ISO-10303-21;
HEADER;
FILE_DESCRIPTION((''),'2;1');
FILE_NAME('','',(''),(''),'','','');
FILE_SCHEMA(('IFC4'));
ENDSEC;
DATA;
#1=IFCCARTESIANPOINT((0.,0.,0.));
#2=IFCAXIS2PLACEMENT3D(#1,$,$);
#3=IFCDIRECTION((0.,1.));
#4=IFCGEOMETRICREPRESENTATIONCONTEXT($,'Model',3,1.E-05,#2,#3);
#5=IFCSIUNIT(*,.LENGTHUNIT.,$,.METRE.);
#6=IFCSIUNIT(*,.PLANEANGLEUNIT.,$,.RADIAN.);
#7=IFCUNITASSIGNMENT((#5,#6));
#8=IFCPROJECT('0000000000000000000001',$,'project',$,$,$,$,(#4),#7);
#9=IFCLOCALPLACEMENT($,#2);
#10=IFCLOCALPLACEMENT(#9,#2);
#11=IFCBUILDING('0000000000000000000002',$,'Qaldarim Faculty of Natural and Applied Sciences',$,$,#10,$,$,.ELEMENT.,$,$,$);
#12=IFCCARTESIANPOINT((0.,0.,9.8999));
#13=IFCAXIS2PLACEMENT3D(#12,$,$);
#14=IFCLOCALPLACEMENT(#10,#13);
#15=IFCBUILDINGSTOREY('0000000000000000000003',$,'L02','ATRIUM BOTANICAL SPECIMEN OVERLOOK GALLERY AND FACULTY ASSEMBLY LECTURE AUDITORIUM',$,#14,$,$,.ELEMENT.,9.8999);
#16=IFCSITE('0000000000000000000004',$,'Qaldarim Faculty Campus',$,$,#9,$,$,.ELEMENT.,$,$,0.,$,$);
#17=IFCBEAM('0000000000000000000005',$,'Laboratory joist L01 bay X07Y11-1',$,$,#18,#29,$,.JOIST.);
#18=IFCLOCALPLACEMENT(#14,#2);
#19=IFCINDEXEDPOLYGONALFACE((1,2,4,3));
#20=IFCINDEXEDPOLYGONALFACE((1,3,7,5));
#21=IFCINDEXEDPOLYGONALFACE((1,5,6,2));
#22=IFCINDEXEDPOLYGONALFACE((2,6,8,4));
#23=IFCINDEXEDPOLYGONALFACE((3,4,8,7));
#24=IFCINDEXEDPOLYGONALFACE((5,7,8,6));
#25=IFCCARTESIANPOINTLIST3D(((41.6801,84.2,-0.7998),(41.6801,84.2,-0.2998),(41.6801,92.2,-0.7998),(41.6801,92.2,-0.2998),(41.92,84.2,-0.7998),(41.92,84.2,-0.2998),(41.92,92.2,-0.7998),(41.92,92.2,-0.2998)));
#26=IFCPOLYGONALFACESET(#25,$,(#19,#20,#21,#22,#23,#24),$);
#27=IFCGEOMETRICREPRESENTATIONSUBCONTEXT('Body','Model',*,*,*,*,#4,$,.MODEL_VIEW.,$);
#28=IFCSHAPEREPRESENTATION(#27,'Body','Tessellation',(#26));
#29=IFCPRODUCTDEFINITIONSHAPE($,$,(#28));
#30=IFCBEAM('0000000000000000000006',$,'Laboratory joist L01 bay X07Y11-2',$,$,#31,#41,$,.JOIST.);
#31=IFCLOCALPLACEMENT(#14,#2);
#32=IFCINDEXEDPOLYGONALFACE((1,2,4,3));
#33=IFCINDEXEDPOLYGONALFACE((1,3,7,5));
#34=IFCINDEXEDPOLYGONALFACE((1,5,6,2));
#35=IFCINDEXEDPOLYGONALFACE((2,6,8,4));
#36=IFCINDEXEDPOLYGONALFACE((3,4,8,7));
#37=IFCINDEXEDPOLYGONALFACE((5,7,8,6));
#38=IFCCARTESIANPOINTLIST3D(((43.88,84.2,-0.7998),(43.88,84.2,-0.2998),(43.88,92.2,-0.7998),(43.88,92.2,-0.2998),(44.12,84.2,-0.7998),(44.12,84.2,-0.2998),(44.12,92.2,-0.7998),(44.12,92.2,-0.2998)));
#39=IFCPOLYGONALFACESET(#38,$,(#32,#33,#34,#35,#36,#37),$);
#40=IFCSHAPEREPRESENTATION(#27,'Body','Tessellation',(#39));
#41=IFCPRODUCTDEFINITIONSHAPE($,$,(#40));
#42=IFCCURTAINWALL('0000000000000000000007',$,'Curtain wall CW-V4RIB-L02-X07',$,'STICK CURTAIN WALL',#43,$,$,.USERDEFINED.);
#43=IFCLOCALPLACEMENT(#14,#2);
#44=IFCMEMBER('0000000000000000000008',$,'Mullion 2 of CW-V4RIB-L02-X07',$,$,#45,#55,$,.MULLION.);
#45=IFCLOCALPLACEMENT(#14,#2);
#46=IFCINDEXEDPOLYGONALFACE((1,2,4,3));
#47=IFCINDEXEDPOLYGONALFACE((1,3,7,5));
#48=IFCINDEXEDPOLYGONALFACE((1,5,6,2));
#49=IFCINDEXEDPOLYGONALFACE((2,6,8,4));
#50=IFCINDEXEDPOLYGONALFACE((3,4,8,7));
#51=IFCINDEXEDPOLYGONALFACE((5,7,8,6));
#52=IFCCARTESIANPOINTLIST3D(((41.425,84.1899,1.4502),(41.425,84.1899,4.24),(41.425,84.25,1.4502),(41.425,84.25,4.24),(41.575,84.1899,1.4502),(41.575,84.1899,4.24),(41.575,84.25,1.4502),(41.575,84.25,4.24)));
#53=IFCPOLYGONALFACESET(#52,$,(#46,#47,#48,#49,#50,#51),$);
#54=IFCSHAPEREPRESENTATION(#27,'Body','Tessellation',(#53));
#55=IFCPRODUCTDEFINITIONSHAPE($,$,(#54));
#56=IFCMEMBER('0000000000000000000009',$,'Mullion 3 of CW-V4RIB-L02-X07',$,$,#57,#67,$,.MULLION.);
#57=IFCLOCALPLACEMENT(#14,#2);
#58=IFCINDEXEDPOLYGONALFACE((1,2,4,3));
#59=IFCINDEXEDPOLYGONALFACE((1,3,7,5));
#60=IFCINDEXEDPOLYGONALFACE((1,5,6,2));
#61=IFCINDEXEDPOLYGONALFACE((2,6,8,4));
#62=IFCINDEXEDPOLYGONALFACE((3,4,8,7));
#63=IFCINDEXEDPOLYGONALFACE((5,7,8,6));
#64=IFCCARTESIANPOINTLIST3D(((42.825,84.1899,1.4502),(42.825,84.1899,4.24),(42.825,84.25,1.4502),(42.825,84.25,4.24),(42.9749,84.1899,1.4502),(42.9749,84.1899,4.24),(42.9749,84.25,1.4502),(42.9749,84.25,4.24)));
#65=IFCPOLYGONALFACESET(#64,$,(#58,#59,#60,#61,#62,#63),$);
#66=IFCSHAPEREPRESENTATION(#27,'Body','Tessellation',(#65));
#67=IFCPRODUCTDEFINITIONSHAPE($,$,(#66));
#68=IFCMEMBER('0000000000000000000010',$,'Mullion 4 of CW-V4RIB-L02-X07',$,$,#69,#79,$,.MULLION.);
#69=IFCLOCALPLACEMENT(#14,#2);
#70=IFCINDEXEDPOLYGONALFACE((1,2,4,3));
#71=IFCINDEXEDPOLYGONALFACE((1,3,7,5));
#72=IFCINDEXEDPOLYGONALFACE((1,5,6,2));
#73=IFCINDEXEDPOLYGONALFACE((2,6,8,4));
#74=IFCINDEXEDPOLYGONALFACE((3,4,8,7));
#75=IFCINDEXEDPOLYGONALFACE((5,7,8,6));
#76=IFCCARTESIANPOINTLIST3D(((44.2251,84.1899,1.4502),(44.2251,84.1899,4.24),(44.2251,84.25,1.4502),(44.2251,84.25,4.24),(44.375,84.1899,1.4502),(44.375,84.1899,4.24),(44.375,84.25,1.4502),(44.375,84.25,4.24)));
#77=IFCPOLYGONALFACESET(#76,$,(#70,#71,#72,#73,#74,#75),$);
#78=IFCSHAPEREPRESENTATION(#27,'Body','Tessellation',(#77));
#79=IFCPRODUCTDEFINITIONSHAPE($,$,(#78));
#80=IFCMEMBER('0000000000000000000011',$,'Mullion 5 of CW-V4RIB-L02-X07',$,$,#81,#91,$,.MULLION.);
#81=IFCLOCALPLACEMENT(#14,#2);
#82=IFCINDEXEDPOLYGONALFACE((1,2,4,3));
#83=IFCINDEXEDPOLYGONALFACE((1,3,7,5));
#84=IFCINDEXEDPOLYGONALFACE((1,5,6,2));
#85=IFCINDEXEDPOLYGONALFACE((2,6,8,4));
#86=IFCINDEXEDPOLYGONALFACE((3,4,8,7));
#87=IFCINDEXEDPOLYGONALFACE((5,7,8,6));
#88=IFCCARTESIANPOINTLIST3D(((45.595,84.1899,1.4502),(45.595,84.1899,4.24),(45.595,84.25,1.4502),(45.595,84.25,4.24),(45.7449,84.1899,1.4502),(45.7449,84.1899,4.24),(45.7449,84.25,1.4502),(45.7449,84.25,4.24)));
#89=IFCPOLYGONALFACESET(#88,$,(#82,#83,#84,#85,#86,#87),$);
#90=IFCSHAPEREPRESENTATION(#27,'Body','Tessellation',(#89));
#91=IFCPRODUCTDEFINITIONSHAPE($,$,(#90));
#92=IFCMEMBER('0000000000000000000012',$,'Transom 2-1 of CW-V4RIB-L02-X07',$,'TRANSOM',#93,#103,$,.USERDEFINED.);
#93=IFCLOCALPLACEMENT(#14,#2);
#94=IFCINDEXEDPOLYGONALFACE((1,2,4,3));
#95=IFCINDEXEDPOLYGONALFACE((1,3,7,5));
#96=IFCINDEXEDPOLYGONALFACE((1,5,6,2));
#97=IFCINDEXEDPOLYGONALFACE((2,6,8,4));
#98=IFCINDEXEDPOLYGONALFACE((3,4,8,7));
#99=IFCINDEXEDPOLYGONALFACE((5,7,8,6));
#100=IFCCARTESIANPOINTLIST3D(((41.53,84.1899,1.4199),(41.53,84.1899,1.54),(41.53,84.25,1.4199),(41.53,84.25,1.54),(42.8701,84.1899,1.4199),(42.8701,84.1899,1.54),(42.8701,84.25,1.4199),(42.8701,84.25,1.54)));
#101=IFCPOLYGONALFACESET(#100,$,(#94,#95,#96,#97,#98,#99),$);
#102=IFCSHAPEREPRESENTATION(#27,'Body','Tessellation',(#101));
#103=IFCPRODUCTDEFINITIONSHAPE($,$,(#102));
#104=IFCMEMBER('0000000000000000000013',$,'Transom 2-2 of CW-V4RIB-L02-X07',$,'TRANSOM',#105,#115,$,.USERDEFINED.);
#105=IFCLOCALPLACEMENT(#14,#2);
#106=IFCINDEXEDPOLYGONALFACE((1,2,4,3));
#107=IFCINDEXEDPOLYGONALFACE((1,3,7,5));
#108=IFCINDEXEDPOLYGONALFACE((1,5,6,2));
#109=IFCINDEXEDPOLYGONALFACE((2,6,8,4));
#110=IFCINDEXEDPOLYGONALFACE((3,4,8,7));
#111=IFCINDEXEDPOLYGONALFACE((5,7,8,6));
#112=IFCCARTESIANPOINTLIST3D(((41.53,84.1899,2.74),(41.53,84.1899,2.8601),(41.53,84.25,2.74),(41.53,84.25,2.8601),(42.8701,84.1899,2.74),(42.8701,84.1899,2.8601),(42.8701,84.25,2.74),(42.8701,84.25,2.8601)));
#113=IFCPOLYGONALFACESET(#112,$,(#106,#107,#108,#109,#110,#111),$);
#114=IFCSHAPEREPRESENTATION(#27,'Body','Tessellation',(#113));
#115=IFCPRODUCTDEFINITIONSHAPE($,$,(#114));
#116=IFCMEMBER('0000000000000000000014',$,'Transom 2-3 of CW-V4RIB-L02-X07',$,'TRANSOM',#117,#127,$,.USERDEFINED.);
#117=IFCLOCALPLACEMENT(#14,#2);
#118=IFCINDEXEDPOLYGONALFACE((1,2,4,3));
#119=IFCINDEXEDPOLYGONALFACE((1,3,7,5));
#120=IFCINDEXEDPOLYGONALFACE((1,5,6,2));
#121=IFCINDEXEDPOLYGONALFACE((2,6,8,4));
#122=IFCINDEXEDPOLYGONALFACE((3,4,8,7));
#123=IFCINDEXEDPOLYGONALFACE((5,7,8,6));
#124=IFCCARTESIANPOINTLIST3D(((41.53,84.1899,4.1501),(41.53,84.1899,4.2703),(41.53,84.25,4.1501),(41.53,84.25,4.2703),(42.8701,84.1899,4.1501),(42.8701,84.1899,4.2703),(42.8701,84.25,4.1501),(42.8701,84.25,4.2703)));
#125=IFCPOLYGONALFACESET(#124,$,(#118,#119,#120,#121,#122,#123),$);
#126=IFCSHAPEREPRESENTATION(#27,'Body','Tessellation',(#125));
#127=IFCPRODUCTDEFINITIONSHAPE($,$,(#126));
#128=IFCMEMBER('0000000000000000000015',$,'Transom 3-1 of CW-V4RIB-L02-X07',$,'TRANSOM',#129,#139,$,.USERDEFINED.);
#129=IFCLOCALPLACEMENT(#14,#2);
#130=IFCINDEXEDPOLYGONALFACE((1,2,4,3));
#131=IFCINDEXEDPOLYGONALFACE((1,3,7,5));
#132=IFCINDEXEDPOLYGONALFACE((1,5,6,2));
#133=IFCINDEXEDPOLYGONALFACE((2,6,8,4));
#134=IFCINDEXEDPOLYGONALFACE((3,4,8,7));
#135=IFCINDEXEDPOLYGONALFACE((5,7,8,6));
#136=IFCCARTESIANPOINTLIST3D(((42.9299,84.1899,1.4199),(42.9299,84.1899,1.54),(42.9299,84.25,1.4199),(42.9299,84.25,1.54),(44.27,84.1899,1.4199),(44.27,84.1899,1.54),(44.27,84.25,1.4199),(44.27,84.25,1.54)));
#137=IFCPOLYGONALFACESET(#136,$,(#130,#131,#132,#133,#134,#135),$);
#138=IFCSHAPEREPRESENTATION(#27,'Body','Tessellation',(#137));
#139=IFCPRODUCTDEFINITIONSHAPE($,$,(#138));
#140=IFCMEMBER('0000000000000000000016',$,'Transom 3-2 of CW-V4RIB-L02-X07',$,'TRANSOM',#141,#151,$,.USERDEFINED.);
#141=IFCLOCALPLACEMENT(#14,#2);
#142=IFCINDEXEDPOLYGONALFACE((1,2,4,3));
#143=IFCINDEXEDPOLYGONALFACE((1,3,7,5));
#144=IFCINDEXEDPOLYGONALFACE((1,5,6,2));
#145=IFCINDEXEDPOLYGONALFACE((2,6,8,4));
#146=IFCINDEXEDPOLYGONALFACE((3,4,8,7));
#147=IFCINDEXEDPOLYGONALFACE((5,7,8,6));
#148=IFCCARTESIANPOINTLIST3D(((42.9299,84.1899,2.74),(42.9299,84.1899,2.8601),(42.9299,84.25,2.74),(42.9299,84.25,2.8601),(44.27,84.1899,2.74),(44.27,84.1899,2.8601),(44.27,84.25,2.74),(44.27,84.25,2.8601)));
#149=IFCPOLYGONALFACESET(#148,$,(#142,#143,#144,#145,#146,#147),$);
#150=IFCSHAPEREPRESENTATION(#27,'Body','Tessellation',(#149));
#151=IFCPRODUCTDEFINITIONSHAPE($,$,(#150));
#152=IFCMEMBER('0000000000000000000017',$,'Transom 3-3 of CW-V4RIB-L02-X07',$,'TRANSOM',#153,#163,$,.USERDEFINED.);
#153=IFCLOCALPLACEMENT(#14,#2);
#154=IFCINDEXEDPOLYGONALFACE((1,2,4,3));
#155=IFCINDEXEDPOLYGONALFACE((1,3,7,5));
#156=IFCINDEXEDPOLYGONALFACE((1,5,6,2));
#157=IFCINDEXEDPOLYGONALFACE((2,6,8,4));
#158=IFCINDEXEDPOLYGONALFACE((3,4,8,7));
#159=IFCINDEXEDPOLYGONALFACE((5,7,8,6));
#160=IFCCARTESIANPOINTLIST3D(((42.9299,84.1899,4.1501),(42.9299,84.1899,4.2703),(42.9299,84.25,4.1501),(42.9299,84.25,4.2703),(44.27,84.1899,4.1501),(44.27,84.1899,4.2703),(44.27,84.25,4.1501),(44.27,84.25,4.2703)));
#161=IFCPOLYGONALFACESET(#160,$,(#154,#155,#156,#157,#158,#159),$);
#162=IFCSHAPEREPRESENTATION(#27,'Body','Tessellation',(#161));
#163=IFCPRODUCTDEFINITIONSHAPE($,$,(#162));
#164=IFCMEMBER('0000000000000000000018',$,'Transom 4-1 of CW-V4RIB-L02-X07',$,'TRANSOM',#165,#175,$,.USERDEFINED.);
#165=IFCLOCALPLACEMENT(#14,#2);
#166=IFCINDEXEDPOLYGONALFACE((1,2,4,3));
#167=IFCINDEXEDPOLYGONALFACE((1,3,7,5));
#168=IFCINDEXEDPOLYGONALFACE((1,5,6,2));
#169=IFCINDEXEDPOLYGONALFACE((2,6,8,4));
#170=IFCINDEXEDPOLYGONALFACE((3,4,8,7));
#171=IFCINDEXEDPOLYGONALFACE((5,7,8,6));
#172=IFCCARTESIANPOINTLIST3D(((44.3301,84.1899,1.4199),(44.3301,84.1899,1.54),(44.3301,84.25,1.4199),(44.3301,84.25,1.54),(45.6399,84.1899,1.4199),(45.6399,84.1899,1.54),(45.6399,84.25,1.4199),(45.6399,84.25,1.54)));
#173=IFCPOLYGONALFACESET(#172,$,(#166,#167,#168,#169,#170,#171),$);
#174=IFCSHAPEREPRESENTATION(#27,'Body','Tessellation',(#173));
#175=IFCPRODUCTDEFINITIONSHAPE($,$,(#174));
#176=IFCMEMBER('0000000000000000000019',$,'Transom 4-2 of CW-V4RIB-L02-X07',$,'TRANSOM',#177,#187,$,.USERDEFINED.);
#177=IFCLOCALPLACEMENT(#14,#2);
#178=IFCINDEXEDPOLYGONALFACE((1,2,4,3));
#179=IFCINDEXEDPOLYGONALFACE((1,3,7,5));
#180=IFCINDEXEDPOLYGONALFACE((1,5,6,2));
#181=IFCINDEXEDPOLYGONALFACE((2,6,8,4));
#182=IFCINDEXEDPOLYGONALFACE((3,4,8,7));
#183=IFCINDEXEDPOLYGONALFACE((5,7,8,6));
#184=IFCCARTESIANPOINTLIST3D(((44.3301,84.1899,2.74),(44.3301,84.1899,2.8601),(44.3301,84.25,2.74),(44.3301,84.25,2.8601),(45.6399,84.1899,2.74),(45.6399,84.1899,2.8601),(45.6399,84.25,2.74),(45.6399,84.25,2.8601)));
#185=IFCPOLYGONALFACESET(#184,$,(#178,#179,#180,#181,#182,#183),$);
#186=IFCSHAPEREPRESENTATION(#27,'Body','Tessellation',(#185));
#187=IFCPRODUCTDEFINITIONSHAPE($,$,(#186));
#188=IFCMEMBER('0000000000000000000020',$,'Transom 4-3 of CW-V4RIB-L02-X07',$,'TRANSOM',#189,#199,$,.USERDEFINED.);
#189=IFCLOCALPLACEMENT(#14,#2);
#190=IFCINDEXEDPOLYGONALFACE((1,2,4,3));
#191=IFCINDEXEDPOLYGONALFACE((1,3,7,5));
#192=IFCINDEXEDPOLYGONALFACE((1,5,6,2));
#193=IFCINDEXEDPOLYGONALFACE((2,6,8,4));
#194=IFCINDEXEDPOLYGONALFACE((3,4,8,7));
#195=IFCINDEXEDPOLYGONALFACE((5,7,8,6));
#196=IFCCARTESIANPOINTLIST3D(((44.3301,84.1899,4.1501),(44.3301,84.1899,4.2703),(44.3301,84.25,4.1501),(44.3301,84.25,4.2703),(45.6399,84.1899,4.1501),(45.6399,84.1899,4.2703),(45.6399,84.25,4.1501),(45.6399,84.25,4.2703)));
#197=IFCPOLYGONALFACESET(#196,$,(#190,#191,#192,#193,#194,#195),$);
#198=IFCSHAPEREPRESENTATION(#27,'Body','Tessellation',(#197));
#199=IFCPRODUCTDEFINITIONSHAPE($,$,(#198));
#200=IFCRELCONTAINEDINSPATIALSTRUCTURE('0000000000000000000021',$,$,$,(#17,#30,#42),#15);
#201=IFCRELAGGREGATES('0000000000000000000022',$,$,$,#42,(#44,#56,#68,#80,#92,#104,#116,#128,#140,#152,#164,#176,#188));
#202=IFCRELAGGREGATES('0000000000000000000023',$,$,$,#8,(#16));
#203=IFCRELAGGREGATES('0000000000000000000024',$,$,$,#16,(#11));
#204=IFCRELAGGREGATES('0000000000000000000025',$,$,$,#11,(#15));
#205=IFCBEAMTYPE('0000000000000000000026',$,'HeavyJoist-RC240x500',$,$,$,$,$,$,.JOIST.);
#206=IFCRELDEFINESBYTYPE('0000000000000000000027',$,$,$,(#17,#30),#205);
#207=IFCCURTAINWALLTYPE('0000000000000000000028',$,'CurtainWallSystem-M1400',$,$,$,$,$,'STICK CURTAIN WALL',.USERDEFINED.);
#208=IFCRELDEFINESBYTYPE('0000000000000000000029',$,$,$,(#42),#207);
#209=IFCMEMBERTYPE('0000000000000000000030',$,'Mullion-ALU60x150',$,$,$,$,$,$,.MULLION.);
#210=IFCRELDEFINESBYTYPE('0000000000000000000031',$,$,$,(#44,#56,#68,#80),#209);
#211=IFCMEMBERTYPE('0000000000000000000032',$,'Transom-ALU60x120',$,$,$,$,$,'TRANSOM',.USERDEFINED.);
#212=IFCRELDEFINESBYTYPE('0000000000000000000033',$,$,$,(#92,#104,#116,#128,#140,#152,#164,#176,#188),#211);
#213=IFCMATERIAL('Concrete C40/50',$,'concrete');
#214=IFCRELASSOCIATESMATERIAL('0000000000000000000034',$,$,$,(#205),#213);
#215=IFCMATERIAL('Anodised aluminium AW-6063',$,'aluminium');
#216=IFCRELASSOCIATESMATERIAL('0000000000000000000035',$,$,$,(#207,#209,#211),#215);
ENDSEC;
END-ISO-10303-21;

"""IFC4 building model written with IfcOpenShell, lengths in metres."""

from ifc_helpers import new_model, si_unit, direction, frame, origin, origin_2d, place, context, subcontext, project, spatial, rectangle, extrude, material, material_profile, profile_set, type_object, element, aggregate, save


model = new_model("IFC4")

# Units and contexts
model_context = context("Model", 3, precision=1e-05, world=origin(), true_north=direction((0.0, 1.0)))
body_context = subcontext(model_context, "Body", "Model", "MODEL_VIEW")
ifc_project = project(units=[si_unit("LENGTHUNIT", "METRE"), si_unit("PLANEANGLEUNIT", "RADIAN")], contexts=[model_context])

# Site, building, storey
site_placement = place(None, origin())
site = spatial("IfcSite", under=ifc_project, at=site_placement, Name="Qaldarim Faculty Campus", CompositionType="ELEMENT", RefElevation=0.0)
building_placement = place(site_placement, origin())
building = spatial("IfcBuilding", under=site, at=building_placement, Name="Qaldarim Faculty of Natural and Applied Sciences", CompositionType="ELEMENT")
storey_placement = place(building_placement, frame((0.0, 0.0, 9.8999)))
storey = spatial("IfcBuildingStorey", under=building, at=storey_placement, Name="L02", Description="ATRIUM BOTANICAL SPECIMEN OVERLOOK GALLERY AND FACULTY ASSEMBLY LECTURE AUDITORIUM", CompositionType="ELEMENT", Elevation=9.8999)

# Beams
ifc_material_1 = material(Name="Concrete C40/50", Category="concrete")
ifc_material_profile_1 = material_profile(ifc_material_1, rectangle(XDim=0.24, YDim=0.5, at=origin_2d()), Name="RC-J240x500")
ifc_profile_set_1 = profile_set([ifc_material_profile_1], Name="Concrete C40/50")
beam_type = type_object("IfcBeamType", Name="HeavyJoist-RC240x500", PredefinedType="JOIST", material=ifc_profile_set_1)
for number, where, z_axis, x_axis, name in (
    (1, (41.8, 84.2, -0.5498), (0.0, 1.0, 0.0), (-1.0, 0.0, 0.0), "Laboratory joist L01 bay X07Y11-1"),
    (2, (44.0, 84.2, -0.5498), (0.0, 1.0, 0.0), (-1.0, 0.0, 0.0), "Laboratory joist L01 bay X07Y11-2"),
):
    element("IfcBeam", number, at=place(storey_placement, frame(where, z_axis=z_axis, x_axis=x_axis)), inside=storey, type_object=beam_type, Name=name, PredefinedType="JOIST", context=body_context, shape_type="SweptSolid", body=[
        extrude(rectangle(XDim=0.24, YDim=0.5, at=origin_2d()), origin(), (0.0, 0.0, 1.0), 8.0),
    ])

# Curtain wall, members
ifc_material_2 = material(Name="Anodised aluminium AW-6063", Category="aluminium")
curtain_wall_type = type_object("IfcCurtainWallType", Name="CurtainWallSystem-M1400", ElementType="STICK CURTAIN WALL", PredefinedType="USERDEFINED", material=ifc_material_2)
curtain_wall_placement = place(storey_placement, origin())
curtain_wall = element("IfcCurtainWall", 3, at=curtain_wall_placement, inside=storey, type_object=curtain_wall_type, Name="Curtain wall CW-V4RIB-L02-X07", ObjectType="STICK CURTAIN WALL", PredefinedType="USERDEFINED")
ifc_material_profile_2 = material_profile(ifc_material_2, rectangle(XDim=0.0601, YDim=0.1499, at=origin_2d()), Name="ALU-M60x150")
ifc_profile_set_2 = profile_set([ifc_material_profile_2], Name="Anodised aluminium AW-6063")
member_type_1 = type_object("IfcMemberType", Name="Mullion-ALU60x150", PredefinedType="MULLION", material=ifc_profile_set_2)
member_1_placement = place(storey_placement, frame((41.5, 84.22, 1.4502), z_axis=(0.0, 0.0, 1.0), x_axis=(0.0, 1.0, 0.0)))
member_1 = element("IfcMember", 4, at=member_1_placement, type_object=member_type_1, Name="Mullion 2 of CW-V4RIB-L02-X07", PredefinedType="MULLION", context=body_context, shape_type="SweptSolid", body=[
    extrude(rectangle(XDim=0.0601, YDim=0.1499, at=origin_2d()), origin(), (0.0, 0.0, 1.0), 2.7898),
])
member_2_placement = place(storey_placement, frame((42.8999, 84.22, 1.4502), z_axis=(0.0, 0.0, 1.0), x_axis=(0.0, 1.0, 0.0)))
member_2 = element("IfcMember", 5, at=member_2_placement, type_object=member_type_1, Name="Mullion 3 of CW-V4RIB-L02-X07", PredefinedType="MULLION", context=body_context, shape_type="SweptSolid", body=[
    extrude(rectangle(XDim=0.0601, YDim=0.1499, at=origin_2d()), origin(), (0.0, 0.0, 1.0), 2.7898),
])
member_3_placement = place(storey_placement, frame((44.3, 84.22, 1.4502), z_axis=(0.0, 0.0, 1.0), x_axis=(0.0, 1.0, 0.0)))
member_3 = element("IfcMember", 6, at=member_3_placement, type_object=member_type_1, Name="Mullion 4 of CW-V4RIB-L02-X07", PredefinedType="MULLION", context=body_context, shape_type="SweptSolid", body=[
    extrude(rectangle(XDim=0.0601, YDim=0.1499, at=origin_2d()), origin(), (0.0, 0.0, 1.0), 2.7898),
])
member_4_placement = place(storey_placement, frame((45.6699, 84.22, 1.4502), z_axis=(0.0, 0.0, 1.0), x_axis=(0.0, 1.0, 0.0)))
member_4 = element("IfcMember", 7, at=member_4_placement, type_object=member_type_1, Name="Mullion 5 of CW-V4RIB-L02-X07", PredefinedType="MULLION", context=body_context, shape_type="SweptSolid", body=[
    extrude(rectangle(XDim=0.0601, YDim=0.1499, at=origin_2d()), origin(), (0.0, 0.0, 1.0), 2.7898),
])
ifc_material_profile_3 = material_profile(ifc_material_2, rectangle(XDim=0.0601, YDim=0.1201, at=origin_2d()), Name="ALU-T60x120")
ifc_profile_set_3 = profile_set([ifc_material_profile_3], Name="Anodised aluminium AW-6063")
member_type_2 = type_object("IfcMemberType", Name="Transom-ALU60x120", ElementType="TRANSOM", PredefinedType="USERDEFINED", material=ifc_profile_set_3)
member_5_placement = place(storey_placement, frame((41.53, 84.22, 1.48), z_axis=(1.0, 0.0, 0.0), x_axis=(0.0, 1.0, 0.0)))
member_5 = element("IfcMember", 8, at=member_5_placement, type_object=member_type_2, Name="Transom 2-1 of CW-V4RIB-L02-X07", ObjectType="TRANSOM", PredefinedType="USERDEFINED", context=body_context, shape_type="SweptSolid", body=[
    extrude(rectangle(XDim=0.0601, YDim=0.1201, at=origin_2d()), origin(), (0.0, 0.0, 1.0), 1.3401),
])
member_6_placement = place(storey_placement, frame((41.53, 84.22, 2.8), z_axis=(1.0, 0.0, 0.0), x_axis=(0.0, 1.0, 0.0)))
member_6 = element("IfcMember", 9, at=member_6_placement, type_object=member_type_2, Name="Transom 2-2 of CW-V4RIB-L02-X07", ObjectType="TRANSOM", PredefinedType="USERDEFINED", context=body_context, shape_type="SweptSolid", body=[
    extrude(rectangle(XDim=0.0601, YDim=0.1201, at=origin_2d()), origin(), (0.0, 0.0, 1.0), 1.3401),
])
member_7_placement = place(storey_placement, frame((41.53, 84.22, 4.2102), z_axis=(1.0, 0.0, 0.0), x_axis=(0.0, 1.0, 0.0)))
member_7 = element("IfcMember", 10, at=member_7_placement, type_object=member_type_2, Name="Transom 2-3 of CW-V4RIB-L02-X07", ObjectType="TRANSOM", PredefinedType="USERDEFINED", context=body_context, shape_type="SweptSolid", body=[
    extrude(rectangle(XDim=0.0601, YDim=0.1201, at=origin_2d()), origin(), (0.0, 0.0, 1.0), 1.3401),
])
member_8_placement = place(storey_placement, frame((42.9299, 84.22, 1.48), z_axis=(1.0, 0.0, 0.0), x_axis=(0.0, 1.0, 0.0)))
member_8 = element("IfcMember", 11, at=member_8_placement, type_object=member_type_2, Name="Transom 3-1 of CW-V4RIB-L02-X07", ObjectType="TRANSOM", PredefinedType="USERDEFINED", context=body_context, shape_type="SweptSolid", body=[
    extrude(rectangle(XDim=0.0601, YDim=0.1201, at=origin_2d()), origin(), (0.0, 0.0, 1.0), 1.3401),
])
member_9_placement = place(storey_placement, frame((42.9299, 84.22, 2.8), z_axis=(1.0, 0.0, 0.0), x_axis=(0.0, 1.0, 0.0)))
member_9 = element("IfcMember", 12, at=member_9_placement, type_object=member_type_2, Name="Transom 3-2 of CW-V4RIB-L02-X07", ObjectType="TRANSOM", PredefinedType="USERDEFINED", context=body_context, shape_type="SweptSolid", body=[
    extrude(rectangle(XDim=0.0601, YDim=0.1201, at=origin_2d()), origin(), (0.0, 0.0, 1.0), 1.3401),
])
member_10_placement = place(storey_placement, frame((42.9299, 84.22, 4.2102), z_axis=(1.0, 0.0, 0.0), x_axis=(0.0, 1.0, 0.0)))
member_10 = element("IfcMember", 13, at=member_10_placement, type_object=member_type_2, Name="Transom 3-3 of CW-V4RIB-L02-X07", ObjectType="TRANSOM", PredefinedType="USERDEFINED", context=body_context, shape_type="SweptSolid", body=[
    extrude(rectangle(XDim=0.0601, YDim=0.1201, at=origin_2d()), origin(), (0.0, 0.0, 1.0), 1.3401),
])
member_11_placement = place(storey_placement, frame((44.3301, 84.22, 1.48), z_axis=(1.0, 0.0, 0.0), x_axis=(0.0, 1.0, 0.0)))
member_11 = element("IfcMember", 14, at=member_11_placement, type_object=member_type_2, Name="Transom 4-1 of CW-V4RIB-L02-X07", ObjectType="TRANSOM", PredefinedType="USERDEFINED", context=body_context, shape_type="SweptSolid", body=[
    extrude(rectangle(XDim=0.0601, YDim=0.1201, at=origin_2d()), origin(), (0.0, 0.0, 1.0), 1.3098),
])
member_12_placement = place(storey_placement, frame((44.3301, 84.22, 2.8), z_axis=(1.0, 0.0, 0.0), x_axis=(0.0, 1.0, 0.0)))
member_12 = element("IfcMember", 15, at=member_12_placement, type_object=member_type_2, Name="Transom 4-2 of CW-V4RIB-L02-X07", ObjectType="TRANSOM", PredefinedType="USERDEFINED", context=body_context, shape_type="SweptSolid", body=[
    extrude(rectangle(XDim=0.0601, YDim=0.1201, at=origin_2d()), origin(), (0.0, 0.0, 1.0), 1.3098),
])
member_13_placement = place(storey_placement, frame((44.3301, 84.22, 4.2102), z_axis=(1.0, 0.0, 0.0), x_axis=(0.0, 1.0, 0.0)))
member_13 = element("IfcMember", 16, at=member_13_placement, type_object=member_type_2, Name="Transom 4-3 of CW-V4RIB-L02-X07", ObjectType="TRANSOM", PredefinedType="USERDEFINED", context=body_context, shape_type="SweptSolid", body=[
    extrude(rectangle(XDim=0.0601, YDim=0.1201, at=origin_2d()), origin(), (0.0, 0.0, 1.0), 1.3098),
])
aggregate(curtain_wall, [member_1, member_2, member_3, member_4, member_5, member_6, member_7, member_8, member_9, member_10, member_11, member_12, member_13])

save(model, "model.ifc")
